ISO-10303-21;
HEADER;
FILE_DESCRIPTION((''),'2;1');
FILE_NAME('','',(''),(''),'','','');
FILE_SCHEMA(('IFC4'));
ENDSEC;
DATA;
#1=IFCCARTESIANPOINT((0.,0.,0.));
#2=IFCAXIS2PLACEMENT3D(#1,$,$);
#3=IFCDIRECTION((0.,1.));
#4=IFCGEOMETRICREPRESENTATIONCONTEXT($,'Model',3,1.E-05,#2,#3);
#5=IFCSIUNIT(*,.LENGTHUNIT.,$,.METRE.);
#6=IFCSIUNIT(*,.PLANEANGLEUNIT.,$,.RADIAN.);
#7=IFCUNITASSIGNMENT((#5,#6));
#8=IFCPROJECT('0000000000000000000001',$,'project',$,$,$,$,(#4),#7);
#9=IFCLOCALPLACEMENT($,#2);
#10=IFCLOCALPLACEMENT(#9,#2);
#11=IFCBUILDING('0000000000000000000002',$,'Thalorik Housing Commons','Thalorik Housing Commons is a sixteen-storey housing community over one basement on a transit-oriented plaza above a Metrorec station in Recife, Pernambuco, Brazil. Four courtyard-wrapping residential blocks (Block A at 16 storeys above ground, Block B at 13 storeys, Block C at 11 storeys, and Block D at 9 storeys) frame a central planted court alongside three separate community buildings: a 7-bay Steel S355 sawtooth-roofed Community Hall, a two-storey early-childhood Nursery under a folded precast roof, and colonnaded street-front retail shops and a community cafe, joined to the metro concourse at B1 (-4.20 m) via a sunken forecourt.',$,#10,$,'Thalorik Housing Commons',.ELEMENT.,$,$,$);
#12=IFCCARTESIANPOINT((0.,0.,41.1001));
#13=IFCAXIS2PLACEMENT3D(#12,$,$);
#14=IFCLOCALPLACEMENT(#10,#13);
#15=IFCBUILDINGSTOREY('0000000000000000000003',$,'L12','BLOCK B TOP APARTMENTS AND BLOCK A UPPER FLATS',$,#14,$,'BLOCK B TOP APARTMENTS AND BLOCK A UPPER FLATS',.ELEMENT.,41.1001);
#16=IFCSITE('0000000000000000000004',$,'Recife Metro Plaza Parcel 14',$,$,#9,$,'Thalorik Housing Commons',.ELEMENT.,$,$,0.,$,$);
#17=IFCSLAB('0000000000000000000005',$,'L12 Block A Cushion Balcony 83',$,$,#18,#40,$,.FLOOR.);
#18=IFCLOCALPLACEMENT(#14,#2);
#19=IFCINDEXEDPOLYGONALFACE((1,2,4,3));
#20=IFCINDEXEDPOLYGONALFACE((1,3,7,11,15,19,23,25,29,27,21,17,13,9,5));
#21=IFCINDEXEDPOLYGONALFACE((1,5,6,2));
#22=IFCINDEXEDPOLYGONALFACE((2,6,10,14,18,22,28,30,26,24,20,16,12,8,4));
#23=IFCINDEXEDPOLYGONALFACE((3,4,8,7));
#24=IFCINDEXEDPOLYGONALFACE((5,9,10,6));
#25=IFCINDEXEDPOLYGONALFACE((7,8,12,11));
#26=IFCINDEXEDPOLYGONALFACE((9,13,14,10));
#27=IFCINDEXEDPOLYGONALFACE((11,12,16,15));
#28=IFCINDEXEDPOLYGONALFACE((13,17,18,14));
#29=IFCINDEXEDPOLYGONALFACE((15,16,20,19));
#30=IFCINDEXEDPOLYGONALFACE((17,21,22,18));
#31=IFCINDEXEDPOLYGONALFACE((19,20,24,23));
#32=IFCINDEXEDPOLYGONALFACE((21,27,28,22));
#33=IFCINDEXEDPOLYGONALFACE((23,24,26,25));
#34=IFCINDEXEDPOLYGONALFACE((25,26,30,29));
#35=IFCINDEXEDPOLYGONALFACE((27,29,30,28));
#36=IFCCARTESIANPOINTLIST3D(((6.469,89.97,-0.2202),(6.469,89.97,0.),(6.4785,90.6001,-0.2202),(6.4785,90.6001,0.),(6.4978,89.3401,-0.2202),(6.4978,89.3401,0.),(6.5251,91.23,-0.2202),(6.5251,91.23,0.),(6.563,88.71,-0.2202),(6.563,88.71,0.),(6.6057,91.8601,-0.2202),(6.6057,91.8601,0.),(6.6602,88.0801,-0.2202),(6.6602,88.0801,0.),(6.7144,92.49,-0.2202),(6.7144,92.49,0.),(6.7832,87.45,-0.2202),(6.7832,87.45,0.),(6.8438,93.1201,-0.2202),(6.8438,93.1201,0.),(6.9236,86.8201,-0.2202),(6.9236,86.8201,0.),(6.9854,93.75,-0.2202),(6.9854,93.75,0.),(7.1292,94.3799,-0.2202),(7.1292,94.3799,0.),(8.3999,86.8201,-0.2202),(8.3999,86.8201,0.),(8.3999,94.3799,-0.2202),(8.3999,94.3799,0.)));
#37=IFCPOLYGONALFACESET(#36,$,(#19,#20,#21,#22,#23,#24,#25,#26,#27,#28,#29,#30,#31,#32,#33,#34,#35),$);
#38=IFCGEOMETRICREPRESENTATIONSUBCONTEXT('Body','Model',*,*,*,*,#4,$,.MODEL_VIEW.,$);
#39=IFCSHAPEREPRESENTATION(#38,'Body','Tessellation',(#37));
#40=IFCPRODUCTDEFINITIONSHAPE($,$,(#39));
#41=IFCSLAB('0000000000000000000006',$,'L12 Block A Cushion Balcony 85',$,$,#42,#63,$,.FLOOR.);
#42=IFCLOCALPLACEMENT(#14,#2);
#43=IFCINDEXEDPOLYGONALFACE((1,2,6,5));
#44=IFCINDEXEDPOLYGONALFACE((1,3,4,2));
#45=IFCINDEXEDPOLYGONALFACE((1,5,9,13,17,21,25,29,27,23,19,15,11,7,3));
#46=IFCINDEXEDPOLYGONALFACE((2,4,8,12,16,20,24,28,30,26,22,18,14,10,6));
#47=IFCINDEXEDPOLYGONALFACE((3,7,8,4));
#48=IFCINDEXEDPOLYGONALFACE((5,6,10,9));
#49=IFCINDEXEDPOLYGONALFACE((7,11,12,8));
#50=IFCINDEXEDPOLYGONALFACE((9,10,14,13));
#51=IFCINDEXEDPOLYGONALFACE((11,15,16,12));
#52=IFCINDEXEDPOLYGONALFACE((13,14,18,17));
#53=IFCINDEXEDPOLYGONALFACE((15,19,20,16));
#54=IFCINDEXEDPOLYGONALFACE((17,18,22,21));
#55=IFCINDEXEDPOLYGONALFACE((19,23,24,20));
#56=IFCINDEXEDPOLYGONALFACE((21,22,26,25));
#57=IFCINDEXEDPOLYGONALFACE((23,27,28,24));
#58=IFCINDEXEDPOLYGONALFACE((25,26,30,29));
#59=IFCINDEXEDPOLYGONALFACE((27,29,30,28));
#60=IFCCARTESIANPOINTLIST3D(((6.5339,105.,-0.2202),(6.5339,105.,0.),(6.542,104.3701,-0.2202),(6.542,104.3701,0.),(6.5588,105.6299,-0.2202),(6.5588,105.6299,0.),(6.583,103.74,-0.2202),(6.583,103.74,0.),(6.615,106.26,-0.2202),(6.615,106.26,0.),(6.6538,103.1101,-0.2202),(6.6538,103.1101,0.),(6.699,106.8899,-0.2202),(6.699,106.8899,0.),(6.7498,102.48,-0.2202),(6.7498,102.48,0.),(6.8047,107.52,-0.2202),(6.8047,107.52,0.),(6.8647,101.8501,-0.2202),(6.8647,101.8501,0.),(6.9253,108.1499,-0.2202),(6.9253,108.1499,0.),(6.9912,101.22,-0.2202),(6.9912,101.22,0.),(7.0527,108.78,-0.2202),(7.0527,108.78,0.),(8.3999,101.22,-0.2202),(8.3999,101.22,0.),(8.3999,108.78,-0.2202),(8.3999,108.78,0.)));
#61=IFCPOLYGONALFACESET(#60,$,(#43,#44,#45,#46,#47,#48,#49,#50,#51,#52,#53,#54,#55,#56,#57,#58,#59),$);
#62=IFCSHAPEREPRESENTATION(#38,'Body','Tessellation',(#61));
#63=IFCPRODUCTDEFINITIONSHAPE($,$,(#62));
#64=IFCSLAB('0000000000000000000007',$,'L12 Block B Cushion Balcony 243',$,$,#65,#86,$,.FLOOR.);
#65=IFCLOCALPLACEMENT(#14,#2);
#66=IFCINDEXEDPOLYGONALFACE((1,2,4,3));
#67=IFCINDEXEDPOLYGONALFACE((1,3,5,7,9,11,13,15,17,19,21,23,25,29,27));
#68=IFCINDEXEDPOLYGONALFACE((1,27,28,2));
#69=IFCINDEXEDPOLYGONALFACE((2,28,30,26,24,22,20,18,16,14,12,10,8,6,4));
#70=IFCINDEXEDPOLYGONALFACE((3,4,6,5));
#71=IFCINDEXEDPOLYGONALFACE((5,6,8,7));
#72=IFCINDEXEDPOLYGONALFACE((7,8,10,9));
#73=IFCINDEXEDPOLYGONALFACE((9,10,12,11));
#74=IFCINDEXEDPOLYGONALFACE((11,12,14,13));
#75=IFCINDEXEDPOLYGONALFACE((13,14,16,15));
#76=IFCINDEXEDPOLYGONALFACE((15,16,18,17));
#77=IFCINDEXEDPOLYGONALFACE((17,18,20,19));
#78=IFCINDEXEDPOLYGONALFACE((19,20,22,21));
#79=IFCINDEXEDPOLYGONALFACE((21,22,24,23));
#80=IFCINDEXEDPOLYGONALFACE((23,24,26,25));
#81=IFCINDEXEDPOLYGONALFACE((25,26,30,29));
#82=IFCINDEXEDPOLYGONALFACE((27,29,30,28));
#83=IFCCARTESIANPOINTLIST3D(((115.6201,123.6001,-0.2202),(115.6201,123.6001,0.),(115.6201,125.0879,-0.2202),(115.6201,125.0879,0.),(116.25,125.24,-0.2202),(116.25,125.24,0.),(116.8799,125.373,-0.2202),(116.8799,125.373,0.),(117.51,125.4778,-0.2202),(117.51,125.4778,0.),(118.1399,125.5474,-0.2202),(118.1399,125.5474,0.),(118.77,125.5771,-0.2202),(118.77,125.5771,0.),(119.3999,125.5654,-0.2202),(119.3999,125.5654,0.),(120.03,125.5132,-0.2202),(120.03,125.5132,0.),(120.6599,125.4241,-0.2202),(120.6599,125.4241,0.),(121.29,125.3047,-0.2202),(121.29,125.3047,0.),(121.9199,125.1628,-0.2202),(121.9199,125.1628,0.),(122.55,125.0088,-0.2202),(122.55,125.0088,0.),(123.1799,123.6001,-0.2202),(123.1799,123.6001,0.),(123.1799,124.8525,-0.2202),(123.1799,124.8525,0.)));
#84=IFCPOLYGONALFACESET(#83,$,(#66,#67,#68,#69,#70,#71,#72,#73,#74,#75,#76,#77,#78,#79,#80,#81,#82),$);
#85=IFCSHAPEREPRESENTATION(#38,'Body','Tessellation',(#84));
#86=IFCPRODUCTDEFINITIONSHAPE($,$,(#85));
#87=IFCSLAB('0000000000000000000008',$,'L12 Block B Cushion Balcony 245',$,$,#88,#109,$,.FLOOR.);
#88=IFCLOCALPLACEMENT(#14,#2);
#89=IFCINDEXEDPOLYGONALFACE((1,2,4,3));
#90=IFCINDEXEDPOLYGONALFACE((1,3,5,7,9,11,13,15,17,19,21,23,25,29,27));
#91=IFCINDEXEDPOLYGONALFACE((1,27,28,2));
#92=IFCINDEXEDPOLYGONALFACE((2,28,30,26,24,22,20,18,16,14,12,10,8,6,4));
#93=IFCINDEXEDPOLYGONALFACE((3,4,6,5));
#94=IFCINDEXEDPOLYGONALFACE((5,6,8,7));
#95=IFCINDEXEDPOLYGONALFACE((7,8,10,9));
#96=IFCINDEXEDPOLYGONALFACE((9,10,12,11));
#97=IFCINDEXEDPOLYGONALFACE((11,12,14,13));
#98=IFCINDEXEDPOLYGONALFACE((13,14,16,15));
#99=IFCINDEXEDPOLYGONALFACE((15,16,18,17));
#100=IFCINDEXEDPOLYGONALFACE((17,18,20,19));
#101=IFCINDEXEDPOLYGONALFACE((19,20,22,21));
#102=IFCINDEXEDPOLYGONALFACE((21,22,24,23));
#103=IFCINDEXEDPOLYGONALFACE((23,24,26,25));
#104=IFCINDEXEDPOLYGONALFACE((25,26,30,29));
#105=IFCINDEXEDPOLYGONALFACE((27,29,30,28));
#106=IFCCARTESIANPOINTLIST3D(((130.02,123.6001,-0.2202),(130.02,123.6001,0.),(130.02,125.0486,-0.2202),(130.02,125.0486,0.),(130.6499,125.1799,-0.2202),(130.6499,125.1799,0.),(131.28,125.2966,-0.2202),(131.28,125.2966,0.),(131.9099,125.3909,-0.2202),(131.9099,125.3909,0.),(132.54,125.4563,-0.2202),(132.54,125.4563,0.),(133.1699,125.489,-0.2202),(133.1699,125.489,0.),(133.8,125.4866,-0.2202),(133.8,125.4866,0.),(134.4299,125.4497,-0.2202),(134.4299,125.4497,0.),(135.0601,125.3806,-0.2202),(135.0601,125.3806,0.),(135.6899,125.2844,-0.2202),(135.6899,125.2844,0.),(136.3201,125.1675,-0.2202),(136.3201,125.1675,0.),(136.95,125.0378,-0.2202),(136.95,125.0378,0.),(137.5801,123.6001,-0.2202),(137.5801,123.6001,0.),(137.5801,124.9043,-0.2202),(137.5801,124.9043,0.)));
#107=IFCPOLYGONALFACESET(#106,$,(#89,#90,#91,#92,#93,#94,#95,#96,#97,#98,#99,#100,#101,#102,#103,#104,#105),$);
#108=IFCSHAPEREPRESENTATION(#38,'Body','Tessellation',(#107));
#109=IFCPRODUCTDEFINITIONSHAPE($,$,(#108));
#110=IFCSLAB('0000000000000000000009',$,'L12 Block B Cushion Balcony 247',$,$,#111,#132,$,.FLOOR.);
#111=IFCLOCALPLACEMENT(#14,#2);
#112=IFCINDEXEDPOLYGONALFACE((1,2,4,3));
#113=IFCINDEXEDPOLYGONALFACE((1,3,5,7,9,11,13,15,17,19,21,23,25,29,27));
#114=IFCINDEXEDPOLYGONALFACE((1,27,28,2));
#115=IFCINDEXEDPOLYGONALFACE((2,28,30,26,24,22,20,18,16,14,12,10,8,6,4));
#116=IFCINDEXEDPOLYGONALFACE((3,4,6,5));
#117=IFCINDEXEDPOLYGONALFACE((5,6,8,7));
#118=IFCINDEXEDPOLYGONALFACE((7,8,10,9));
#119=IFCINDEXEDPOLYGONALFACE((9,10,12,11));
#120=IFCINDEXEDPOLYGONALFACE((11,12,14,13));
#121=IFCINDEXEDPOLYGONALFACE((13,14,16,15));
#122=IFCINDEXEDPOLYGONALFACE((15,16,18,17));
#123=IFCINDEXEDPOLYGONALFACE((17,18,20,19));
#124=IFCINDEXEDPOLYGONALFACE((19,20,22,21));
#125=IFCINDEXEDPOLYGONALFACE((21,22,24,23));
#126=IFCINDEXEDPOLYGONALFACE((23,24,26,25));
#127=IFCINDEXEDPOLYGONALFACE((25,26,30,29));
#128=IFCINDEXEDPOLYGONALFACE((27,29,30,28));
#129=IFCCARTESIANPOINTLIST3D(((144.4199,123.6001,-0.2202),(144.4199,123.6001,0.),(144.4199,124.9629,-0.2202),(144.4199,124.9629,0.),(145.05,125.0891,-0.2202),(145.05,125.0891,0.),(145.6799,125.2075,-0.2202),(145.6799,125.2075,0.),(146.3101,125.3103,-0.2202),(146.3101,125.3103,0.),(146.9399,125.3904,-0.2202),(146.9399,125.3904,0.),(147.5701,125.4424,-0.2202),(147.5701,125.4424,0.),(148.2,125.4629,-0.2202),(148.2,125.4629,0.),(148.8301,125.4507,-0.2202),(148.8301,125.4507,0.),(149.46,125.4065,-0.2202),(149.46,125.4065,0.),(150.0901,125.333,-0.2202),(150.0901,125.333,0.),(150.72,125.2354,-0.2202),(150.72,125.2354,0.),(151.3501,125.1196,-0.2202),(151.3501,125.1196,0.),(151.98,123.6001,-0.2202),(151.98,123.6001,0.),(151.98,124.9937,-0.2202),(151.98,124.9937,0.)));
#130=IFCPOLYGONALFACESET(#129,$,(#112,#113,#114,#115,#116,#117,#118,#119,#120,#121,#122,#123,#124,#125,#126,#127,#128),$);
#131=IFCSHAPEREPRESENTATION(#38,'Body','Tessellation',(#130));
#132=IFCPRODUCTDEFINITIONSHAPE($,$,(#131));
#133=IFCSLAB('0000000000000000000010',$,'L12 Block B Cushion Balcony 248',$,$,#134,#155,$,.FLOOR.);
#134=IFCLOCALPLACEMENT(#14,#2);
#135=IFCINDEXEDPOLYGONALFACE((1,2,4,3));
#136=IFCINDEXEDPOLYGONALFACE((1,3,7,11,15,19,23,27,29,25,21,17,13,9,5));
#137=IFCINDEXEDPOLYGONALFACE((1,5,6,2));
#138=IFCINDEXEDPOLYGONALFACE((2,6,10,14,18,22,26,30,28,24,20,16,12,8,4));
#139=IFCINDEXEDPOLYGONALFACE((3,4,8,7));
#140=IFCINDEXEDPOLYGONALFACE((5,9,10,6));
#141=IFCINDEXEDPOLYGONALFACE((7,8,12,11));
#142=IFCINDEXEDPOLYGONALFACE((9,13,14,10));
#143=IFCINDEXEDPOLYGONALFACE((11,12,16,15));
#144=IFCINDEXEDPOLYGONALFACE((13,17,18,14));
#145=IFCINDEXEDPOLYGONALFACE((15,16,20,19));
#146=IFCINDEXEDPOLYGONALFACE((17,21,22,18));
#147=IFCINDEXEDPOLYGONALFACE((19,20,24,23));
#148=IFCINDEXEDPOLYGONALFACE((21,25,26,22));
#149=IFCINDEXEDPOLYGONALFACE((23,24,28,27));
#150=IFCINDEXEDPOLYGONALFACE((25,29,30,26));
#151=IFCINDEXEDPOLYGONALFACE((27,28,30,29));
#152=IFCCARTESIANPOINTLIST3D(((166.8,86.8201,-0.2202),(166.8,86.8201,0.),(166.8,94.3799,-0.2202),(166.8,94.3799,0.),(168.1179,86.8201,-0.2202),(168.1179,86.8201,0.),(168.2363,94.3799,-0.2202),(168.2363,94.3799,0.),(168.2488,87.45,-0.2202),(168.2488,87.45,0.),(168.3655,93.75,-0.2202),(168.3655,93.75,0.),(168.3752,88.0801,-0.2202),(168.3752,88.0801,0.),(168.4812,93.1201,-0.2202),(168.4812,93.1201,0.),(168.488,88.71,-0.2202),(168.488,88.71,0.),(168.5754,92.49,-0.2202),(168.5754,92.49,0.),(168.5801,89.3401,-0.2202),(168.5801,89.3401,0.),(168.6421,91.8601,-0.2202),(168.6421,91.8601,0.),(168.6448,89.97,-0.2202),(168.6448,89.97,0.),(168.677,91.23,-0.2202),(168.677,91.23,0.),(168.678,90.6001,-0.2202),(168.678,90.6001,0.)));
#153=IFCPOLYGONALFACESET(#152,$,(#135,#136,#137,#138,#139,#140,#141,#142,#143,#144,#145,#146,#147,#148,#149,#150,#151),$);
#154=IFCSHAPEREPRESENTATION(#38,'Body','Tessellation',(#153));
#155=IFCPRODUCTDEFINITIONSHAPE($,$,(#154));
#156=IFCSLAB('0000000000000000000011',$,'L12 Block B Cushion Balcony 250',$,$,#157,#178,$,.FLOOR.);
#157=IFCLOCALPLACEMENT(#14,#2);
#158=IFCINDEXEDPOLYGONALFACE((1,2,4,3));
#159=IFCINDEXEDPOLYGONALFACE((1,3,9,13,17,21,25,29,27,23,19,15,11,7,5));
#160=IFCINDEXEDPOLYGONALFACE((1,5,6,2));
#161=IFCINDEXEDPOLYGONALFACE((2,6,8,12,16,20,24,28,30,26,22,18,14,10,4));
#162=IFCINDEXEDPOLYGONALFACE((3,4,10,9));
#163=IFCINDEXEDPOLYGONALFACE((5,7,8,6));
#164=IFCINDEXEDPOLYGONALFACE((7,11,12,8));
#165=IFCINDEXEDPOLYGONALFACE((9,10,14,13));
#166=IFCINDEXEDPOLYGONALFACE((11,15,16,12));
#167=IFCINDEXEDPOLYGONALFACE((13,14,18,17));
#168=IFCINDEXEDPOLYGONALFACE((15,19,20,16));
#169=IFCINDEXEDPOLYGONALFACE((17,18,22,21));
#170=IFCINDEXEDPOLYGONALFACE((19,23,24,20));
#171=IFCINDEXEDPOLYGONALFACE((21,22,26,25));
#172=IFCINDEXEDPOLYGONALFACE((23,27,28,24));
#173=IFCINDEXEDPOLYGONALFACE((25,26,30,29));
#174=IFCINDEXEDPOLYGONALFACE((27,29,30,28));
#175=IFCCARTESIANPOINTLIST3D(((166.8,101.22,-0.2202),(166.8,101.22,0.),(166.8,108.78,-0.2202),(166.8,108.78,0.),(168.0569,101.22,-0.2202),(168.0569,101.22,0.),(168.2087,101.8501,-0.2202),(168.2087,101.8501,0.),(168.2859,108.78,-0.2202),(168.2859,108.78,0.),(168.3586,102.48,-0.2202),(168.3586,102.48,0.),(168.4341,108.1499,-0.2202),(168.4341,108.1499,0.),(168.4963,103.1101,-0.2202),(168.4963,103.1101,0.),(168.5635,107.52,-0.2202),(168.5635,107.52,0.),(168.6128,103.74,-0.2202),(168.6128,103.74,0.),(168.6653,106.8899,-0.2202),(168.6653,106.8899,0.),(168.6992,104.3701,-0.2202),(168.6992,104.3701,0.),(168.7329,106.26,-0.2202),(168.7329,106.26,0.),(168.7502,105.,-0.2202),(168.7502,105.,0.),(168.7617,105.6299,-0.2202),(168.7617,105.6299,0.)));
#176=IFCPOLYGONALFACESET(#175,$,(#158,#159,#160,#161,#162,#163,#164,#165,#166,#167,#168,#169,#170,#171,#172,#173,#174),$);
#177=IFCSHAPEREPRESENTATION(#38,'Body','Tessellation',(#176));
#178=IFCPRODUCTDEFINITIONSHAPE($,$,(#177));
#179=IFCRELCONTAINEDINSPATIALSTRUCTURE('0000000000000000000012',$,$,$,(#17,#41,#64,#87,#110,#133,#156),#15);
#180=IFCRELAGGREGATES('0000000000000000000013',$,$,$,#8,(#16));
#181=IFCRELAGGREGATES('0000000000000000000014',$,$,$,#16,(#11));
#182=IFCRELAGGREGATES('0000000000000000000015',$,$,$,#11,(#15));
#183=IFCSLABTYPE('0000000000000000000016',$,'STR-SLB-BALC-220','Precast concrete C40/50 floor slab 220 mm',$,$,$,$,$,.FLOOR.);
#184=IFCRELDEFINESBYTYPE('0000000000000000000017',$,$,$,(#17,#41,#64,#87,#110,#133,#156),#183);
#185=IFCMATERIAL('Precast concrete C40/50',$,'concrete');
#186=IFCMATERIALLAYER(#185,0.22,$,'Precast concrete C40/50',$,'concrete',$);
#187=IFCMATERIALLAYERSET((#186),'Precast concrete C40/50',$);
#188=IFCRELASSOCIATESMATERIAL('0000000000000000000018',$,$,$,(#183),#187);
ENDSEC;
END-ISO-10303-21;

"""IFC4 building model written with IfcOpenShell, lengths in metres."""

from ifc_helpers import new_model, si_unit, direction, frame, origin, place, context, subcontext, project, spatial, polyline, outline, extrude, material, layer, layer_set, type_object, element, save


model = new_model("IFC4")

# Units and contexts
model_context = context("Model", 3, precision=1e-05, world=origin(), true_north=direction((0.0, 1.0)))
body_context = subcontext(model_context, "Body", "Model", "MODEL_VIEW")
ifc_project = project(units=[si_unit("LENGTHUNIT", "METRE"), si_unit("PLANEANGLEUNIT", "RADIAN")], contexts=[model_context])

# Site, building, storey
site_placement = place(None, origin())
site = spatial("IfcSite", under=ifc_project, at=site_placement, Name="Recife Metro Plaza Parcel 14", LongName="Thalorik Housing Commons", CompositionType="ELEMENT", RefElevation=0.0)
building_placement = place(site_placement, origin())
building = spatial("IfcBuilding", under=site, at=building_placement, Name="Thalorik Housing Commons", Description="Thalorik Housing Commons is a sixteen-storey housing community over one basement on a transit-oriented plaza above a Metrorec station in Recife, Pernambuco, Brazil. Four courtyard-wrapping residential blocks (Block A at 16 storeys above ground, Block B at 13 storeys, Block C at 11 storeys, and Block D at 9 storeys) frame a central planted court alongside three separate community buildings: a 7-bay Steel S355 sawtooth-roofed Community Hall, a two-storey early-childhood Nursery under a folded precast roof, and colonnaded street-front retail shops and a community cafe, joined to the metro concourse at B1 (-4.20 m) via a sunken forecourt.", LongName="Thalorik Housing Commons", CompositionType="ELEMENT")
storey_placement = place(building_placement, frame((0.0, 0.0, 41.1001)))
storey = spatial("IfcBuildingStorey", under=building, at=storey_placement, Name="L12", Description="BLOCK B TOP APARTMENTS AND BLOCK A UPPER FLATS", LongName="BLOCK B TOP APARTMENTS AND BLOCK A UPPER FLATS", CompositionType="ELEMENT", Elevation=41.1001)

# Slabs
ifc_material_1 = material(Name="Precast concrete C40/50", Category="concrete")
ifc_layer_1 = layer(ifc_material_1, 0.22, Name="Precast concrete C40/50", Category="concrete")
ifc_layer_set_1 = layer_set([ifc_layer_1], Name="Precast concrete C40/50")
slab_type_1 = type_object("IfcSlabType", Name="STR-SLB-BALC-220", Description="Precast concrete C40/50 floor slab 220 mm", PredefinedType="FLOOR", material=ifc_layer_set_1)
slab_1_placement = place(storey_placement, frame((0.0, 0.0, -0.2202)))
element("IfcSlab", 1, at=slab_1_placement, inside=storey, type_object=slab_type_1, Name="L12 Block A Cushion Balcony 83", PredefinedType="FLOOR", context=body_context, shape_type="SweptSolid", body=[
    extrude(outline(polyline([(8.3999, 86.8201), (8.3999, 94.3799), (7.1292, 94.3799), (6.9854, 93.75), (6.8438, 93.1201), (6.7144, 92.49), (6.6057, 91.8601), (6.5251, 91.23), (6.4785, 90.6001), (6.469, 89.97), (6.4978, 89.3401), (6.563, 88.71), (6.6602, 88.0801), (6.7832, 87.45), (6.9236, 86.8201), (8.3999, 86.8201)])), origin(), (0.0, 0.0, 1.0), 0.2202),
])
slab_2_placement = place(storey_placement, frame((0.0, 0.0, -0.2202)))
element("IfcSlab", 2, at=slab_2_placement, inside=storey, type_object=slab_type_1, Name="L12 Block A Cushion Balcony 85", PredefinedType="FLOOR", context=body_context, shape_type="SweptSolid", body=[
    extrude(outline(polyline([(8.3999, 101.22), (8.3999, 108.78), (7.0527, 108.78), (6.9253, 108.1499), (6.8047, 107.52), (6.699, 106.8899), (6.615, 106.26), (6.5588, 105.6299), (6.5339, 105.0), (6.542, 104.3701), (6.583, 103.74), (6.6538, 103.1101), (6.7498, 102.48), (6.8647, 101.8501), (6.9912, 101.22), (8.3999, 101.22)])), origin(), (0.0, 0.0, 1.0), 0.2202),
])
slab_3_placement = place(storey_placement, frame((0.0, 0.0, -0.2202)))
element("IfcSlab", 3, at=slab_3_placement, inside=storey, type_object=slab_type_1, Name="L12 Block B Cushion Balcony 243", PredefinedType="FLOOR", context=body_context, shape_type="SweptSolid", body=[
    extrude(outline(polyline([(115.6201, 123.6001), (123.1799, 123.6001), (123.1799, 124.8525), (122.55, 125.0088), (121.9199, 125.1628), (121.29, 125.3047), (120.6599, 125.4241), (120.03, 125.5132), (119.3999, 125.5654), (118.77, 125.5771), (118.1399, 125.5474), (117.51, 125.4778), (116.8799, 125.373), (116.25, 125.24), (115.6201, 125.0879), (115.6201, 123.6001)])), origin(), (0.0, 0.0, 1.0), 0.2202),
])
slab_4_placement = place(storey_placement, frame((0.0, 0.0, -0.2202)))
element("IfcSlab", 4, at=slab_4_placement, inside=storey, type_object=slab_type_1, Name="L12 Block B Cushion Balcony 245", PredefinedType="FLOOR", context=body_context, shape_type="SweptSolid", body=[
    extrude(outline(polyline([(130.02, 123.6001), (137.5801, 123.6001), (137.5801, 124.9043), (136.95, 125.0378), (136.3201, 125.1675), (135.6899, 125.2844), (135.0601, 125.3806), (134.4299, 125.4497), (133.8, 125.4866), (133.1699, 125.489), (132.54, 125.4563), (131.9099, 125.3909), (131.28, 125.2966), (130.6499, 125.1799), (130.02, 125.0486), (130.02, 123.6001)])), origin(), (0.0, 0.0, 1.0), 0.2202),
])
slab_5_placement = place(storey_placement, frame((0.0, 0.0, -0.2202)))
element("IfcSlab", 5, at=slab_5_placement, inside=storey, type_object=slab_type_1, Name="L12 Block B Cushion Balcony 247", PredefinedType="FLOOR", context=body_context, shape_type="SweptSolid", body=[
    extrude(outline(polyline([(144.4199, 123.6001), (151.98, 123.6001), (151.98, 124.9937), (151.3501, 125.1196), (150.72, 125.2354), (150.0901, 125.333), (149.46, 125.4065), (148.8301, 125.4507), (148.2, 125.4629), (147.5701, 125.4424), (146.9399, 125.3904), (146.3101, 125.3103), (145.6799, 125.2075), (145.05, 125.0891), (144.4199, 124.9629), (144.4199, 123.6001)])), origin(), (0.0, 0.0, 1.0), 0.2202),
])
slab_6_placement = place(storey_placement, frame((0.0, 0.0, -0.2202)))
element("IfcSlab", 6, at=slab_6_placement, inside=storey, type_object=slab_type_1, Name="L12 Block B Cushion Balcony 248", PredefinedType="FLOOR", context=body_context, shape_type="SweptSolid", body=[
    extrude(outline(polyline([(168.1179, 86.8201), (168.2488, 87.45), (168.3752, 88.0801), (168.488, 88.71), (168.5801, 89.3401), (168.6448, 89.97), (168.678, 90.6001), (168.677, 91.23), (168.6421, 91.8601), (168.5754, 92.49), (168.4812, 93.1201), (168.3655, 93.75), (168.2363, 94.3799), (166.8, 94.3799), (166.8, 86.8201), (168.1179, 86.8201)])), origin(), (0.0, 0.0, 1.0), 0.2202),
])
slab_7_placement = place(storey_placement, frame((0.0, 0.0, -0.2202)))
element("IfcSlab", 7, at=slab_7_placement, inside=storey, type_object=slab_type_1, Name="L12 Block B Cushion Balcony 250", PredefinedType="FLOOR", context=body_context, shape_type="SweptSolid", body=[
    extrude(outline(polyline([(168.0569, 101.22), (168.2087, 101.8501), (168.3586, 102.48), (168.4963, 103.1101), (168.6128, 103.74), (168.6992, 104.3701), (168.7502, 105.0), (168.7617, 105.6299), (168.7329, 106.26), (168.6653, 106.8899), (168.5635, 107.52), (168.4341, 108.1499), (168.2859, 108.78), (166.8, 108.78), (166.8, 101.22), (168.0569, 101.22)])), origin(), (0.0, 0.0, 1.0), 0.2202),
])

save(model, "model.ifc")
